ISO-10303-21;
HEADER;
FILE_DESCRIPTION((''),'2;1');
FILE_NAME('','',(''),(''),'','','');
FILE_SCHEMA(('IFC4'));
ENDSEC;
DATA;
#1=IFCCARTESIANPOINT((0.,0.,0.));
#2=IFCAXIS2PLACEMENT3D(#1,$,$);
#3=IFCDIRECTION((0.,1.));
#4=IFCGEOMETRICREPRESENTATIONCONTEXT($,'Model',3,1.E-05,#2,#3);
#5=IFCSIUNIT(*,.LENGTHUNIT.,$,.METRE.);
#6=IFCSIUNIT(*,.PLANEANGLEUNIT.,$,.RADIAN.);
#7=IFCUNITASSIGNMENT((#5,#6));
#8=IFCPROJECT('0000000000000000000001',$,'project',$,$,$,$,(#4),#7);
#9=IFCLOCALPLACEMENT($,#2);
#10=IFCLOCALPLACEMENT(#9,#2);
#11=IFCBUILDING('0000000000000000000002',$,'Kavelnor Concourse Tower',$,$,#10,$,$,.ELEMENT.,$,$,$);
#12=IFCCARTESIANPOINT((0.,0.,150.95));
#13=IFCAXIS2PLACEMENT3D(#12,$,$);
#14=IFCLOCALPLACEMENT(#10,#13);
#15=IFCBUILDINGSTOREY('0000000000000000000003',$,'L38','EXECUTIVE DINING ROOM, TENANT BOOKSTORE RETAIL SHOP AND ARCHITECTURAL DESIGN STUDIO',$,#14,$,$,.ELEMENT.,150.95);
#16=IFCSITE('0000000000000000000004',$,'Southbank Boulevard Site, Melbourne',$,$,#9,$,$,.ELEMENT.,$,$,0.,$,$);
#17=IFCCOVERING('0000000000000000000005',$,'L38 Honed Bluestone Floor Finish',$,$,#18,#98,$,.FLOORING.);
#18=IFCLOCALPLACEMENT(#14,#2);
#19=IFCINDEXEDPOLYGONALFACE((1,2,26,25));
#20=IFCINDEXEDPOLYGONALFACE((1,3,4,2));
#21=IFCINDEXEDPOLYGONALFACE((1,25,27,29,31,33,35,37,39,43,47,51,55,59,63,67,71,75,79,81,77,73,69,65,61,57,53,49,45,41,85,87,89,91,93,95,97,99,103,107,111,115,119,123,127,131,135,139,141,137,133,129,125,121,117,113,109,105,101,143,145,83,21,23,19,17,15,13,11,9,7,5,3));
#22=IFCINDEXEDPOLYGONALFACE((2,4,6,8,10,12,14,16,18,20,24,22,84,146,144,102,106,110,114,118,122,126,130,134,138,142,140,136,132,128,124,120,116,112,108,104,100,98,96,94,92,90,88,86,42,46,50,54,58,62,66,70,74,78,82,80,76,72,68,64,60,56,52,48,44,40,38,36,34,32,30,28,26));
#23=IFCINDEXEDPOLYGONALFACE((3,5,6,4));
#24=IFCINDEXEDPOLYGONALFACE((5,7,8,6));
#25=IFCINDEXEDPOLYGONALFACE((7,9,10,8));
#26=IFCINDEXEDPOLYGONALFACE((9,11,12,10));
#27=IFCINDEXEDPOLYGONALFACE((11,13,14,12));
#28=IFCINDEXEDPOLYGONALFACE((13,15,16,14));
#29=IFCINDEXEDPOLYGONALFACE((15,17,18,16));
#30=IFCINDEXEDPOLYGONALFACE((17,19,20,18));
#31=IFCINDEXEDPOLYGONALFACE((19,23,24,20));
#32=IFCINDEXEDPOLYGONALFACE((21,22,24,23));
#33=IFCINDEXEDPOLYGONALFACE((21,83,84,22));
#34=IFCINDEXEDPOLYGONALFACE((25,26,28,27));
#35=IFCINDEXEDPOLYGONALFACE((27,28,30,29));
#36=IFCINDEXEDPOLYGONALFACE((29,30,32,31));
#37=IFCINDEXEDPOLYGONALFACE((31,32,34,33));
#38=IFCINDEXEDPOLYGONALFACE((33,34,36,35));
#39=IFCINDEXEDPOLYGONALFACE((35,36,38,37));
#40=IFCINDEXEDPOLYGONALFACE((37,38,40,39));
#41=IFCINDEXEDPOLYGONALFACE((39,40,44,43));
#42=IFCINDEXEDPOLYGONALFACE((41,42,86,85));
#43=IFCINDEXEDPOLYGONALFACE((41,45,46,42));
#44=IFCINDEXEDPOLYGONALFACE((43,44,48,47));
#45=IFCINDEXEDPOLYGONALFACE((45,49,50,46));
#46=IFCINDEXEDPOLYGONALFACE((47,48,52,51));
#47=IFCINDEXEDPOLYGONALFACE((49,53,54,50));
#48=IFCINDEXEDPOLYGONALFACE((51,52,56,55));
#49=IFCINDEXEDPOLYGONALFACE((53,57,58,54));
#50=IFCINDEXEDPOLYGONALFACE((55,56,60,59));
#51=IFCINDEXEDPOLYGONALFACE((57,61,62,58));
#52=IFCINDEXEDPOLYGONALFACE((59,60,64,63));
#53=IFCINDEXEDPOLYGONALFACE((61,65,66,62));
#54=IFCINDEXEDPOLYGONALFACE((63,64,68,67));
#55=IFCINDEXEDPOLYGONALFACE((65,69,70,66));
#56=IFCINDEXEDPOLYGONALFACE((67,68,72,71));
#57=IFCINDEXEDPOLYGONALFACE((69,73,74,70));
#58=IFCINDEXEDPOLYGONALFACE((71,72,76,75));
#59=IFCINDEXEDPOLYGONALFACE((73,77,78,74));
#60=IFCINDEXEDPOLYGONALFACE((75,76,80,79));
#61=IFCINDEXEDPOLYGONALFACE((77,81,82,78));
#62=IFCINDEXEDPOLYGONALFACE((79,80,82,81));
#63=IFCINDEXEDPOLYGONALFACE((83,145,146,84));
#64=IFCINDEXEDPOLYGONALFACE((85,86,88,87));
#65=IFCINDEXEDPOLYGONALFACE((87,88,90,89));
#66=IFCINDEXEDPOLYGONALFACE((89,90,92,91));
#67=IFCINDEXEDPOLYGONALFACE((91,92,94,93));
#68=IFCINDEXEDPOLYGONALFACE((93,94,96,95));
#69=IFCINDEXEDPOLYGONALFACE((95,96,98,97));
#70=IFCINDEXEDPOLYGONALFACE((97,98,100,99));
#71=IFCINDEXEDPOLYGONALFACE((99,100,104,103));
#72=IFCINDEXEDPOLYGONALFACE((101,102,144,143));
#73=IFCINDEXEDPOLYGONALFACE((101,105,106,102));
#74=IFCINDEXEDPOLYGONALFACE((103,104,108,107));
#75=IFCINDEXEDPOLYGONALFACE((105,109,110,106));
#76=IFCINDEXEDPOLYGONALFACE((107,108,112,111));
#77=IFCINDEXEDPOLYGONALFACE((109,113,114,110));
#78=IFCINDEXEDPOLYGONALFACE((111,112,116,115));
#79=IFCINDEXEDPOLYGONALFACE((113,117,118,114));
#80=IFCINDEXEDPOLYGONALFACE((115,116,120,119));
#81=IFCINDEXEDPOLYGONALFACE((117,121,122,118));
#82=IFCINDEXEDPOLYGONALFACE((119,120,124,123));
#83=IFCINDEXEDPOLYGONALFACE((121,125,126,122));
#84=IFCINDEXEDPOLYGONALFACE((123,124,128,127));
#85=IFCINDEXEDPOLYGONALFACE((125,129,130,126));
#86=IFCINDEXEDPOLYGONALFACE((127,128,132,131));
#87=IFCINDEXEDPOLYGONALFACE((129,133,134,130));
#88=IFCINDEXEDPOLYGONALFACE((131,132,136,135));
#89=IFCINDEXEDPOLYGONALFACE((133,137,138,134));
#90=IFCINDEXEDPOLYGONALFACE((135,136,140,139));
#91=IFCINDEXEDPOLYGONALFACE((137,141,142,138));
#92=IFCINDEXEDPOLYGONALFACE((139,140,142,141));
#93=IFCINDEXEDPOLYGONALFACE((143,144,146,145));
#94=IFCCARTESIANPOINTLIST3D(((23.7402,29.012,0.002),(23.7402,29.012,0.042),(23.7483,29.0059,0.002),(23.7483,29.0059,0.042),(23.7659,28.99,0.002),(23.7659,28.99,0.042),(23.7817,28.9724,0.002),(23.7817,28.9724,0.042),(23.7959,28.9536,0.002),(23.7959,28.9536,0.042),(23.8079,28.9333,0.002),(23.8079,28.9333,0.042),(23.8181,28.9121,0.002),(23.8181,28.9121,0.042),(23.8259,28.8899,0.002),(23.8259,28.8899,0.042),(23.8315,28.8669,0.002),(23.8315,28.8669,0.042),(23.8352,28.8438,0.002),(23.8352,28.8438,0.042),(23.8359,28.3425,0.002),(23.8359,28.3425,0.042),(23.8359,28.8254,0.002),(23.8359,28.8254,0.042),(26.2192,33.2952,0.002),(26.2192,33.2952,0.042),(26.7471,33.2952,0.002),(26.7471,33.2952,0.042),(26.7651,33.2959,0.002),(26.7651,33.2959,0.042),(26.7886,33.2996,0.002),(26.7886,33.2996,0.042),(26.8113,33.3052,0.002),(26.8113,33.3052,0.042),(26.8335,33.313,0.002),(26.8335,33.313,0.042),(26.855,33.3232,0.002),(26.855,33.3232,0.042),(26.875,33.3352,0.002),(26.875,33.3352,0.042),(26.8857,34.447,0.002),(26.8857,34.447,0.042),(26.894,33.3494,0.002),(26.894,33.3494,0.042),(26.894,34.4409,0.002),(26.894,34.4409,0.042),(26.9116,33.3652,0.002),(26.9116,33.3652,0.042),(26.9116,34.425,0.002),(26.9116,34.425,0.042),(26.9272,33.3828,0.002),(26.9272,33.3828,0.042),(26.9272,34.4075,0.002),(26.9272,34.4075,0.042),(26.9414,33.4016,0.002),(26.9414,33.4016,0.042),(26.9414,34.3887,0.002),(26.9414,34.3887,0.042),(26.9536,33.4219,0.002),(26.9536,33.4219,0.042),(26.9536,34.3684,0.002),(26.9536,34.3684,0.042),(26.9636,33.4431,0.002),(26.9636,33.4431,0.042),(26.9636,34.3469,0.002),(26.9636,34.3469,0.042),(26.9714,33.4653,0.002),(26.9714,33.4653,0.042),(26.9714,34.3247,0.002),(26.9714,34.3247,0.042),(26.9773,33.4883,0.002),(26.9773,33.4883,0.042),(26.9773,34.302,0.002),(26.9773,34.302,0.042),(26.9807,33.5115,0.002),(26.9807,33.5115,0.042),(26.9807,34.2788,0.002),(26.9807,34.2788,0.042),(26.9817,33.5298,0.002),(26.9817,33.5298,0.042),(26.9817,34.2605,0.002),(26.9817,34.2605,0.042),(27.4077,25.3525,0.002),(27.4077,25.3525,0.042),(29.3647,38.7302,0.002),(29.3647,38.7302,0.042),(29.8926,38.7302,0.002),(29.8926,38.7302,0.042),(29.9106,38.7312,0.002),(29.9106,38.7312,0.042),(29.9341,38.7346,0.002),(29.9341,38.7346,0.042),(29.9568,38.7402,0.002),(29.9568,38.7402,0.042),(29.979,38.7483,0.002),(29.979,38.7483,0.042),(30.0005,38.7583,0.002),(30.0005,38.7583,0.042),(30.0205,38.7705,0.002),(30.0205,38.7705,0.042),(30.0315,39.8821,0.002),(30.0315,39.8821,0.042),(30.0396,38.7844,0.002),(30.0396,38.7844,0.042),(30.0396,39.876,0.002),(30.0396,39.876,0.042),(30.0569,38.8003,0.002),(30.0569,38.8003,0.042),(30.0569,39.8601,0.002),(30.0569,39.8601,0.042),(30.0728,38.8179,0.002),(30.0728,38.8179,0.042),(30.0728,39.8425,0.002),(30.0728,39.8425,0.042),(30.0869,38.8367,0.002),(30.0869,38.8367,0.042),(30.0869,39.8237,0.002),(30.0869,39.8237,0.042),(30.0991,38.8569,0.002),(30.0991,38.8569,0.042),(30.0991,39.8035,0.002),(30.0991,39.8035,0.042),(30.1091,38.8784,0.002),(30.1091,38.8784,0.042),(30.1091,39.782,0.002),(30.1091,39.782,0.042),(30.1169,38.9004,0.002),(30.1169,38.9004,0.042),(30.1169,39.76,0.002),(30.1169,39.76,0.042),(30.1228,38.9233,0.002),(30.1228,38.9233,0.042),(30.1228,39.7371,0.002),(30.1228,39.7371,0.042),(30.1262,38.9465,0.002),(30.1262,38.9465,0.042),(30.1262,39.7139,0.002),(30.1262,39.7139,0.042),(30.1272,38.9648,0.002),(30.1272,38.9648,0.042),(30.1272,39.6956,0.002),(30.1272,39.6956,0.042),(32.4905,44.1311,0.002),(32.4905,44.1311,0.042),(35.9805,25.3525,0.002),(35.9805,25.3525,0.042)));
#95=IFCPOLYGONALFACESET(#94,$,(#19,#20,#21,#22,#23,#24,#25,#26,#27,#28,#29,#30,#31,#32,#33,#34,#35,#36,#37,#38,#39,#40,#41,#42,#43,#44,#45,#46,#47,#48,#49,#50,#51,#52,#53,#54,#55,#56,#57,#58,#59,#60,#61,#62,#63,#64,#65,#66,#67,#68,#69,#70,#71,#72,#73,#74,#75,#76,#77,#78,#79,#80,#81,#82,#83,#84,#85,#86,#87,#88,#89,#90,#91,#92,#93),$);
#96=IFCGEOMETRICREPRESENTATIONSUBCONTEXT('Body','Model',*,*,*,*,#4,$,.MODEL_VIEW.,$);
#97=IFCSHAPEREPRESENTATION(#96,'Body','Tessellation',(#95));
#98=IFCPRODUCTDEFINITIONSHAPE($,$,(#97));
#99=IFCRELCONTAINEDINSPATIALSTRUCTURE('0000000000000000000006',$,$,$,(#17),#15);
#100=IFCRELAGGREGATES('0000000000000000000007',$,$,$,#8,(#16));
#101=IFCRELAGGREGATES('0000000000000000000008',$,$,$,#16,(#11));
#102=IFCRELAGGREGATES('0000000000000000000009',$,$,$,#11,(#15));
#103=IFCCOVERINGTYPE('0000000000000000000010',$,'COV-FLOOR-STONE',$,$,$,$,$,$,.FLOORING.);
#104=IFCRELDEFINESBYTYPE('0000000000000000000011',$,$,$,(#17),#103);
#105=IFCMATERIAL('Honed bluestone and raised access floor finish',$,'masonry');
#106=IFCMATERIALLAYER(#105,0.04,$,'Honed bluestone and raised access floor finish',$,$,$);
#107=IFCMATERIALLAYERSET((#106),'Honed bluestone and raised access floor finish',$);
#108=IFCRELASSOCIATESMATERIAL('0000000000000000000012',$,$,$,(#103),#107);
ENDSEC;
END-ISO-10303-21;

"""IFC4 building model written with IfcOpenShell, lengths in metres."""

from ifc_helpers import new_model, si_unit, direction, frame, origin, place, context, subcontext, project, spatial, polyline, outline, extrude, material, layer, layer_set, type_object, element, save


model = new_model("IFC4")

# Units and contexts
model_context = context("Model", 3, precision=1e-05, world=origin(), true_north=direction((0.0, 1.0)))
body_context = subcontext(model_context, "Body", "Model", "MODEL_VIEW")
ifc_project = project(units=[si_unit("LENGTHUNIT", "METRE"), si_unit("PLANEANGLEUNIT", "RADIAN")], contexts=[model_context])

# Site, building, storey
site_placement = place(None, origin())
site = spatial("IfcSite", under=ifc_project, at=site_placement, Name="Southbank Boulevard Site, Melbourne", CompositionType="ELEMENT", RefElevation=0.0)
building_placement = place(site_placement, origin())
building = spatial("IfcBuilding", under=site, at=building_placement, Name="Kavelnor Concourse Tower", CompositionType="ELEMENT")
storey_placement = place(building_placement, frame((0.0, 0.0, 150.95)))
storey = spatial("IfcBuildingStorey", under=building, at=storey_placement, Name="L38", Description="EXECUTIVE DINING ROOM, TENANT BOOKSTORE RETAIL SHOP AND ARCHITECTURAL DESIGN STUDIO", CompositionType="ELEMENT", Elevation=150.95)

# Covering
ifc_material_1 = material(Name="Honed bluestone and raised access floor finish", Category="masonry")
ifc_layer_1 = layer(ifc_material_1, 0.04, Name="Honed bluestone and raised access floor finish")
ifc_layer_set_1 = layer_set([ifc_layer_1], Name="Honed bluestone and raised access floor finish")
covering_type_1 = type_object("IfcCoveringType", Name="COV-FLOOR-STONE", PredefinedType="FLOORING", material=ifc_layer_set_1)
covering_1_placement = place(storey_placement, frame((0.0, 0.0, 0.002)))
element("IfcCovering", 1, at=covering_1_placement, inside=storey, type_object=covering_type_1, Name="L38 Honed Bluestone Floor Finish", PredefinedType="FLOORING", context=body_context, shape_type="SweptSolid", body=[
    extrude(outline(polyline([(26.7651, 33.2959), (26.7886, 33.2996), (26.8113, 33.3052), (26.8335, 33.313), (26.855, 33.3232), (26.875, 33.3352), (26.894, 33.3494), (26.9116, 33.3652), (26.9272, 33.3828), (26.9414, 33.4016), (26.9536, 33.4219), (26.9636, 33.4431), (26.9714, 33.4653), (26.9773, 33.4883), (26.9807, 33.5115), (26.9817, 33.5298), (26.9817, 34.2605), (26.9807, 34.2788), (26.9773, 34.302), (26.9714, 34.3247), (26.9636, 34.3469), (26.9536, 34.3684), (26.9414, 34.3887), (26.9272, 34.4075), (26.9116, 34.425), (26.894, 34.4409), (26.8857, 34.447), (29.3647, 38.7302), (29.8926, 38.7302), (29.9106, 38.7312), (29.9341, 38.7346), (29.9568, 38.7402), (29.979, 38.7483), (30.0005, 38.7583), (30.0205, 38.7705), (30.0396, 38.7844), (30.0569, 38.8003), (30.0728, 38.8179), (30.0869, 38.8367), (30.0991, 38.8569), (30.1091, 38.8784), (30.1169, 38.9004), (30.1228, 38.9233), (30.1262, 38.9465), (30.1272, 38.9648), (30.1272, 39.6956), (30.1262, 39.7139), (30.1228, 39.7371), (30.1169, 39.76), (30.1091, 39.782), (30.0991, 39.8035), (30.0869, 39.8237), (30.0728, 39.8425), (30.0569, 39.8601), (30.0396, 39.876), (30.0315, 39.8821), (32.4905, 44.1311), (35.9805, 25.3525), (27.4077, 25.3525), (23.8359, 28.3425), (23.8359, 28.8254), (23.8352, 28.8438), (23.8315, 28.8669), (23.8259, 28.8899), (23.8181, 28.9121), (23.8079, 28.9333), (23.7959, 28.9536), (23.7817, 28.9724), (23.7659, 28.99), (23.7483, 29.0059), (23.7402, 29.012), (26.2192, 33.2952), (26.7471, 33.2952), (26.7651, 33.2959)])), origin(), (0.0, 0.0, 1.0), 0.04),
])

save(model, "model.ifc")
